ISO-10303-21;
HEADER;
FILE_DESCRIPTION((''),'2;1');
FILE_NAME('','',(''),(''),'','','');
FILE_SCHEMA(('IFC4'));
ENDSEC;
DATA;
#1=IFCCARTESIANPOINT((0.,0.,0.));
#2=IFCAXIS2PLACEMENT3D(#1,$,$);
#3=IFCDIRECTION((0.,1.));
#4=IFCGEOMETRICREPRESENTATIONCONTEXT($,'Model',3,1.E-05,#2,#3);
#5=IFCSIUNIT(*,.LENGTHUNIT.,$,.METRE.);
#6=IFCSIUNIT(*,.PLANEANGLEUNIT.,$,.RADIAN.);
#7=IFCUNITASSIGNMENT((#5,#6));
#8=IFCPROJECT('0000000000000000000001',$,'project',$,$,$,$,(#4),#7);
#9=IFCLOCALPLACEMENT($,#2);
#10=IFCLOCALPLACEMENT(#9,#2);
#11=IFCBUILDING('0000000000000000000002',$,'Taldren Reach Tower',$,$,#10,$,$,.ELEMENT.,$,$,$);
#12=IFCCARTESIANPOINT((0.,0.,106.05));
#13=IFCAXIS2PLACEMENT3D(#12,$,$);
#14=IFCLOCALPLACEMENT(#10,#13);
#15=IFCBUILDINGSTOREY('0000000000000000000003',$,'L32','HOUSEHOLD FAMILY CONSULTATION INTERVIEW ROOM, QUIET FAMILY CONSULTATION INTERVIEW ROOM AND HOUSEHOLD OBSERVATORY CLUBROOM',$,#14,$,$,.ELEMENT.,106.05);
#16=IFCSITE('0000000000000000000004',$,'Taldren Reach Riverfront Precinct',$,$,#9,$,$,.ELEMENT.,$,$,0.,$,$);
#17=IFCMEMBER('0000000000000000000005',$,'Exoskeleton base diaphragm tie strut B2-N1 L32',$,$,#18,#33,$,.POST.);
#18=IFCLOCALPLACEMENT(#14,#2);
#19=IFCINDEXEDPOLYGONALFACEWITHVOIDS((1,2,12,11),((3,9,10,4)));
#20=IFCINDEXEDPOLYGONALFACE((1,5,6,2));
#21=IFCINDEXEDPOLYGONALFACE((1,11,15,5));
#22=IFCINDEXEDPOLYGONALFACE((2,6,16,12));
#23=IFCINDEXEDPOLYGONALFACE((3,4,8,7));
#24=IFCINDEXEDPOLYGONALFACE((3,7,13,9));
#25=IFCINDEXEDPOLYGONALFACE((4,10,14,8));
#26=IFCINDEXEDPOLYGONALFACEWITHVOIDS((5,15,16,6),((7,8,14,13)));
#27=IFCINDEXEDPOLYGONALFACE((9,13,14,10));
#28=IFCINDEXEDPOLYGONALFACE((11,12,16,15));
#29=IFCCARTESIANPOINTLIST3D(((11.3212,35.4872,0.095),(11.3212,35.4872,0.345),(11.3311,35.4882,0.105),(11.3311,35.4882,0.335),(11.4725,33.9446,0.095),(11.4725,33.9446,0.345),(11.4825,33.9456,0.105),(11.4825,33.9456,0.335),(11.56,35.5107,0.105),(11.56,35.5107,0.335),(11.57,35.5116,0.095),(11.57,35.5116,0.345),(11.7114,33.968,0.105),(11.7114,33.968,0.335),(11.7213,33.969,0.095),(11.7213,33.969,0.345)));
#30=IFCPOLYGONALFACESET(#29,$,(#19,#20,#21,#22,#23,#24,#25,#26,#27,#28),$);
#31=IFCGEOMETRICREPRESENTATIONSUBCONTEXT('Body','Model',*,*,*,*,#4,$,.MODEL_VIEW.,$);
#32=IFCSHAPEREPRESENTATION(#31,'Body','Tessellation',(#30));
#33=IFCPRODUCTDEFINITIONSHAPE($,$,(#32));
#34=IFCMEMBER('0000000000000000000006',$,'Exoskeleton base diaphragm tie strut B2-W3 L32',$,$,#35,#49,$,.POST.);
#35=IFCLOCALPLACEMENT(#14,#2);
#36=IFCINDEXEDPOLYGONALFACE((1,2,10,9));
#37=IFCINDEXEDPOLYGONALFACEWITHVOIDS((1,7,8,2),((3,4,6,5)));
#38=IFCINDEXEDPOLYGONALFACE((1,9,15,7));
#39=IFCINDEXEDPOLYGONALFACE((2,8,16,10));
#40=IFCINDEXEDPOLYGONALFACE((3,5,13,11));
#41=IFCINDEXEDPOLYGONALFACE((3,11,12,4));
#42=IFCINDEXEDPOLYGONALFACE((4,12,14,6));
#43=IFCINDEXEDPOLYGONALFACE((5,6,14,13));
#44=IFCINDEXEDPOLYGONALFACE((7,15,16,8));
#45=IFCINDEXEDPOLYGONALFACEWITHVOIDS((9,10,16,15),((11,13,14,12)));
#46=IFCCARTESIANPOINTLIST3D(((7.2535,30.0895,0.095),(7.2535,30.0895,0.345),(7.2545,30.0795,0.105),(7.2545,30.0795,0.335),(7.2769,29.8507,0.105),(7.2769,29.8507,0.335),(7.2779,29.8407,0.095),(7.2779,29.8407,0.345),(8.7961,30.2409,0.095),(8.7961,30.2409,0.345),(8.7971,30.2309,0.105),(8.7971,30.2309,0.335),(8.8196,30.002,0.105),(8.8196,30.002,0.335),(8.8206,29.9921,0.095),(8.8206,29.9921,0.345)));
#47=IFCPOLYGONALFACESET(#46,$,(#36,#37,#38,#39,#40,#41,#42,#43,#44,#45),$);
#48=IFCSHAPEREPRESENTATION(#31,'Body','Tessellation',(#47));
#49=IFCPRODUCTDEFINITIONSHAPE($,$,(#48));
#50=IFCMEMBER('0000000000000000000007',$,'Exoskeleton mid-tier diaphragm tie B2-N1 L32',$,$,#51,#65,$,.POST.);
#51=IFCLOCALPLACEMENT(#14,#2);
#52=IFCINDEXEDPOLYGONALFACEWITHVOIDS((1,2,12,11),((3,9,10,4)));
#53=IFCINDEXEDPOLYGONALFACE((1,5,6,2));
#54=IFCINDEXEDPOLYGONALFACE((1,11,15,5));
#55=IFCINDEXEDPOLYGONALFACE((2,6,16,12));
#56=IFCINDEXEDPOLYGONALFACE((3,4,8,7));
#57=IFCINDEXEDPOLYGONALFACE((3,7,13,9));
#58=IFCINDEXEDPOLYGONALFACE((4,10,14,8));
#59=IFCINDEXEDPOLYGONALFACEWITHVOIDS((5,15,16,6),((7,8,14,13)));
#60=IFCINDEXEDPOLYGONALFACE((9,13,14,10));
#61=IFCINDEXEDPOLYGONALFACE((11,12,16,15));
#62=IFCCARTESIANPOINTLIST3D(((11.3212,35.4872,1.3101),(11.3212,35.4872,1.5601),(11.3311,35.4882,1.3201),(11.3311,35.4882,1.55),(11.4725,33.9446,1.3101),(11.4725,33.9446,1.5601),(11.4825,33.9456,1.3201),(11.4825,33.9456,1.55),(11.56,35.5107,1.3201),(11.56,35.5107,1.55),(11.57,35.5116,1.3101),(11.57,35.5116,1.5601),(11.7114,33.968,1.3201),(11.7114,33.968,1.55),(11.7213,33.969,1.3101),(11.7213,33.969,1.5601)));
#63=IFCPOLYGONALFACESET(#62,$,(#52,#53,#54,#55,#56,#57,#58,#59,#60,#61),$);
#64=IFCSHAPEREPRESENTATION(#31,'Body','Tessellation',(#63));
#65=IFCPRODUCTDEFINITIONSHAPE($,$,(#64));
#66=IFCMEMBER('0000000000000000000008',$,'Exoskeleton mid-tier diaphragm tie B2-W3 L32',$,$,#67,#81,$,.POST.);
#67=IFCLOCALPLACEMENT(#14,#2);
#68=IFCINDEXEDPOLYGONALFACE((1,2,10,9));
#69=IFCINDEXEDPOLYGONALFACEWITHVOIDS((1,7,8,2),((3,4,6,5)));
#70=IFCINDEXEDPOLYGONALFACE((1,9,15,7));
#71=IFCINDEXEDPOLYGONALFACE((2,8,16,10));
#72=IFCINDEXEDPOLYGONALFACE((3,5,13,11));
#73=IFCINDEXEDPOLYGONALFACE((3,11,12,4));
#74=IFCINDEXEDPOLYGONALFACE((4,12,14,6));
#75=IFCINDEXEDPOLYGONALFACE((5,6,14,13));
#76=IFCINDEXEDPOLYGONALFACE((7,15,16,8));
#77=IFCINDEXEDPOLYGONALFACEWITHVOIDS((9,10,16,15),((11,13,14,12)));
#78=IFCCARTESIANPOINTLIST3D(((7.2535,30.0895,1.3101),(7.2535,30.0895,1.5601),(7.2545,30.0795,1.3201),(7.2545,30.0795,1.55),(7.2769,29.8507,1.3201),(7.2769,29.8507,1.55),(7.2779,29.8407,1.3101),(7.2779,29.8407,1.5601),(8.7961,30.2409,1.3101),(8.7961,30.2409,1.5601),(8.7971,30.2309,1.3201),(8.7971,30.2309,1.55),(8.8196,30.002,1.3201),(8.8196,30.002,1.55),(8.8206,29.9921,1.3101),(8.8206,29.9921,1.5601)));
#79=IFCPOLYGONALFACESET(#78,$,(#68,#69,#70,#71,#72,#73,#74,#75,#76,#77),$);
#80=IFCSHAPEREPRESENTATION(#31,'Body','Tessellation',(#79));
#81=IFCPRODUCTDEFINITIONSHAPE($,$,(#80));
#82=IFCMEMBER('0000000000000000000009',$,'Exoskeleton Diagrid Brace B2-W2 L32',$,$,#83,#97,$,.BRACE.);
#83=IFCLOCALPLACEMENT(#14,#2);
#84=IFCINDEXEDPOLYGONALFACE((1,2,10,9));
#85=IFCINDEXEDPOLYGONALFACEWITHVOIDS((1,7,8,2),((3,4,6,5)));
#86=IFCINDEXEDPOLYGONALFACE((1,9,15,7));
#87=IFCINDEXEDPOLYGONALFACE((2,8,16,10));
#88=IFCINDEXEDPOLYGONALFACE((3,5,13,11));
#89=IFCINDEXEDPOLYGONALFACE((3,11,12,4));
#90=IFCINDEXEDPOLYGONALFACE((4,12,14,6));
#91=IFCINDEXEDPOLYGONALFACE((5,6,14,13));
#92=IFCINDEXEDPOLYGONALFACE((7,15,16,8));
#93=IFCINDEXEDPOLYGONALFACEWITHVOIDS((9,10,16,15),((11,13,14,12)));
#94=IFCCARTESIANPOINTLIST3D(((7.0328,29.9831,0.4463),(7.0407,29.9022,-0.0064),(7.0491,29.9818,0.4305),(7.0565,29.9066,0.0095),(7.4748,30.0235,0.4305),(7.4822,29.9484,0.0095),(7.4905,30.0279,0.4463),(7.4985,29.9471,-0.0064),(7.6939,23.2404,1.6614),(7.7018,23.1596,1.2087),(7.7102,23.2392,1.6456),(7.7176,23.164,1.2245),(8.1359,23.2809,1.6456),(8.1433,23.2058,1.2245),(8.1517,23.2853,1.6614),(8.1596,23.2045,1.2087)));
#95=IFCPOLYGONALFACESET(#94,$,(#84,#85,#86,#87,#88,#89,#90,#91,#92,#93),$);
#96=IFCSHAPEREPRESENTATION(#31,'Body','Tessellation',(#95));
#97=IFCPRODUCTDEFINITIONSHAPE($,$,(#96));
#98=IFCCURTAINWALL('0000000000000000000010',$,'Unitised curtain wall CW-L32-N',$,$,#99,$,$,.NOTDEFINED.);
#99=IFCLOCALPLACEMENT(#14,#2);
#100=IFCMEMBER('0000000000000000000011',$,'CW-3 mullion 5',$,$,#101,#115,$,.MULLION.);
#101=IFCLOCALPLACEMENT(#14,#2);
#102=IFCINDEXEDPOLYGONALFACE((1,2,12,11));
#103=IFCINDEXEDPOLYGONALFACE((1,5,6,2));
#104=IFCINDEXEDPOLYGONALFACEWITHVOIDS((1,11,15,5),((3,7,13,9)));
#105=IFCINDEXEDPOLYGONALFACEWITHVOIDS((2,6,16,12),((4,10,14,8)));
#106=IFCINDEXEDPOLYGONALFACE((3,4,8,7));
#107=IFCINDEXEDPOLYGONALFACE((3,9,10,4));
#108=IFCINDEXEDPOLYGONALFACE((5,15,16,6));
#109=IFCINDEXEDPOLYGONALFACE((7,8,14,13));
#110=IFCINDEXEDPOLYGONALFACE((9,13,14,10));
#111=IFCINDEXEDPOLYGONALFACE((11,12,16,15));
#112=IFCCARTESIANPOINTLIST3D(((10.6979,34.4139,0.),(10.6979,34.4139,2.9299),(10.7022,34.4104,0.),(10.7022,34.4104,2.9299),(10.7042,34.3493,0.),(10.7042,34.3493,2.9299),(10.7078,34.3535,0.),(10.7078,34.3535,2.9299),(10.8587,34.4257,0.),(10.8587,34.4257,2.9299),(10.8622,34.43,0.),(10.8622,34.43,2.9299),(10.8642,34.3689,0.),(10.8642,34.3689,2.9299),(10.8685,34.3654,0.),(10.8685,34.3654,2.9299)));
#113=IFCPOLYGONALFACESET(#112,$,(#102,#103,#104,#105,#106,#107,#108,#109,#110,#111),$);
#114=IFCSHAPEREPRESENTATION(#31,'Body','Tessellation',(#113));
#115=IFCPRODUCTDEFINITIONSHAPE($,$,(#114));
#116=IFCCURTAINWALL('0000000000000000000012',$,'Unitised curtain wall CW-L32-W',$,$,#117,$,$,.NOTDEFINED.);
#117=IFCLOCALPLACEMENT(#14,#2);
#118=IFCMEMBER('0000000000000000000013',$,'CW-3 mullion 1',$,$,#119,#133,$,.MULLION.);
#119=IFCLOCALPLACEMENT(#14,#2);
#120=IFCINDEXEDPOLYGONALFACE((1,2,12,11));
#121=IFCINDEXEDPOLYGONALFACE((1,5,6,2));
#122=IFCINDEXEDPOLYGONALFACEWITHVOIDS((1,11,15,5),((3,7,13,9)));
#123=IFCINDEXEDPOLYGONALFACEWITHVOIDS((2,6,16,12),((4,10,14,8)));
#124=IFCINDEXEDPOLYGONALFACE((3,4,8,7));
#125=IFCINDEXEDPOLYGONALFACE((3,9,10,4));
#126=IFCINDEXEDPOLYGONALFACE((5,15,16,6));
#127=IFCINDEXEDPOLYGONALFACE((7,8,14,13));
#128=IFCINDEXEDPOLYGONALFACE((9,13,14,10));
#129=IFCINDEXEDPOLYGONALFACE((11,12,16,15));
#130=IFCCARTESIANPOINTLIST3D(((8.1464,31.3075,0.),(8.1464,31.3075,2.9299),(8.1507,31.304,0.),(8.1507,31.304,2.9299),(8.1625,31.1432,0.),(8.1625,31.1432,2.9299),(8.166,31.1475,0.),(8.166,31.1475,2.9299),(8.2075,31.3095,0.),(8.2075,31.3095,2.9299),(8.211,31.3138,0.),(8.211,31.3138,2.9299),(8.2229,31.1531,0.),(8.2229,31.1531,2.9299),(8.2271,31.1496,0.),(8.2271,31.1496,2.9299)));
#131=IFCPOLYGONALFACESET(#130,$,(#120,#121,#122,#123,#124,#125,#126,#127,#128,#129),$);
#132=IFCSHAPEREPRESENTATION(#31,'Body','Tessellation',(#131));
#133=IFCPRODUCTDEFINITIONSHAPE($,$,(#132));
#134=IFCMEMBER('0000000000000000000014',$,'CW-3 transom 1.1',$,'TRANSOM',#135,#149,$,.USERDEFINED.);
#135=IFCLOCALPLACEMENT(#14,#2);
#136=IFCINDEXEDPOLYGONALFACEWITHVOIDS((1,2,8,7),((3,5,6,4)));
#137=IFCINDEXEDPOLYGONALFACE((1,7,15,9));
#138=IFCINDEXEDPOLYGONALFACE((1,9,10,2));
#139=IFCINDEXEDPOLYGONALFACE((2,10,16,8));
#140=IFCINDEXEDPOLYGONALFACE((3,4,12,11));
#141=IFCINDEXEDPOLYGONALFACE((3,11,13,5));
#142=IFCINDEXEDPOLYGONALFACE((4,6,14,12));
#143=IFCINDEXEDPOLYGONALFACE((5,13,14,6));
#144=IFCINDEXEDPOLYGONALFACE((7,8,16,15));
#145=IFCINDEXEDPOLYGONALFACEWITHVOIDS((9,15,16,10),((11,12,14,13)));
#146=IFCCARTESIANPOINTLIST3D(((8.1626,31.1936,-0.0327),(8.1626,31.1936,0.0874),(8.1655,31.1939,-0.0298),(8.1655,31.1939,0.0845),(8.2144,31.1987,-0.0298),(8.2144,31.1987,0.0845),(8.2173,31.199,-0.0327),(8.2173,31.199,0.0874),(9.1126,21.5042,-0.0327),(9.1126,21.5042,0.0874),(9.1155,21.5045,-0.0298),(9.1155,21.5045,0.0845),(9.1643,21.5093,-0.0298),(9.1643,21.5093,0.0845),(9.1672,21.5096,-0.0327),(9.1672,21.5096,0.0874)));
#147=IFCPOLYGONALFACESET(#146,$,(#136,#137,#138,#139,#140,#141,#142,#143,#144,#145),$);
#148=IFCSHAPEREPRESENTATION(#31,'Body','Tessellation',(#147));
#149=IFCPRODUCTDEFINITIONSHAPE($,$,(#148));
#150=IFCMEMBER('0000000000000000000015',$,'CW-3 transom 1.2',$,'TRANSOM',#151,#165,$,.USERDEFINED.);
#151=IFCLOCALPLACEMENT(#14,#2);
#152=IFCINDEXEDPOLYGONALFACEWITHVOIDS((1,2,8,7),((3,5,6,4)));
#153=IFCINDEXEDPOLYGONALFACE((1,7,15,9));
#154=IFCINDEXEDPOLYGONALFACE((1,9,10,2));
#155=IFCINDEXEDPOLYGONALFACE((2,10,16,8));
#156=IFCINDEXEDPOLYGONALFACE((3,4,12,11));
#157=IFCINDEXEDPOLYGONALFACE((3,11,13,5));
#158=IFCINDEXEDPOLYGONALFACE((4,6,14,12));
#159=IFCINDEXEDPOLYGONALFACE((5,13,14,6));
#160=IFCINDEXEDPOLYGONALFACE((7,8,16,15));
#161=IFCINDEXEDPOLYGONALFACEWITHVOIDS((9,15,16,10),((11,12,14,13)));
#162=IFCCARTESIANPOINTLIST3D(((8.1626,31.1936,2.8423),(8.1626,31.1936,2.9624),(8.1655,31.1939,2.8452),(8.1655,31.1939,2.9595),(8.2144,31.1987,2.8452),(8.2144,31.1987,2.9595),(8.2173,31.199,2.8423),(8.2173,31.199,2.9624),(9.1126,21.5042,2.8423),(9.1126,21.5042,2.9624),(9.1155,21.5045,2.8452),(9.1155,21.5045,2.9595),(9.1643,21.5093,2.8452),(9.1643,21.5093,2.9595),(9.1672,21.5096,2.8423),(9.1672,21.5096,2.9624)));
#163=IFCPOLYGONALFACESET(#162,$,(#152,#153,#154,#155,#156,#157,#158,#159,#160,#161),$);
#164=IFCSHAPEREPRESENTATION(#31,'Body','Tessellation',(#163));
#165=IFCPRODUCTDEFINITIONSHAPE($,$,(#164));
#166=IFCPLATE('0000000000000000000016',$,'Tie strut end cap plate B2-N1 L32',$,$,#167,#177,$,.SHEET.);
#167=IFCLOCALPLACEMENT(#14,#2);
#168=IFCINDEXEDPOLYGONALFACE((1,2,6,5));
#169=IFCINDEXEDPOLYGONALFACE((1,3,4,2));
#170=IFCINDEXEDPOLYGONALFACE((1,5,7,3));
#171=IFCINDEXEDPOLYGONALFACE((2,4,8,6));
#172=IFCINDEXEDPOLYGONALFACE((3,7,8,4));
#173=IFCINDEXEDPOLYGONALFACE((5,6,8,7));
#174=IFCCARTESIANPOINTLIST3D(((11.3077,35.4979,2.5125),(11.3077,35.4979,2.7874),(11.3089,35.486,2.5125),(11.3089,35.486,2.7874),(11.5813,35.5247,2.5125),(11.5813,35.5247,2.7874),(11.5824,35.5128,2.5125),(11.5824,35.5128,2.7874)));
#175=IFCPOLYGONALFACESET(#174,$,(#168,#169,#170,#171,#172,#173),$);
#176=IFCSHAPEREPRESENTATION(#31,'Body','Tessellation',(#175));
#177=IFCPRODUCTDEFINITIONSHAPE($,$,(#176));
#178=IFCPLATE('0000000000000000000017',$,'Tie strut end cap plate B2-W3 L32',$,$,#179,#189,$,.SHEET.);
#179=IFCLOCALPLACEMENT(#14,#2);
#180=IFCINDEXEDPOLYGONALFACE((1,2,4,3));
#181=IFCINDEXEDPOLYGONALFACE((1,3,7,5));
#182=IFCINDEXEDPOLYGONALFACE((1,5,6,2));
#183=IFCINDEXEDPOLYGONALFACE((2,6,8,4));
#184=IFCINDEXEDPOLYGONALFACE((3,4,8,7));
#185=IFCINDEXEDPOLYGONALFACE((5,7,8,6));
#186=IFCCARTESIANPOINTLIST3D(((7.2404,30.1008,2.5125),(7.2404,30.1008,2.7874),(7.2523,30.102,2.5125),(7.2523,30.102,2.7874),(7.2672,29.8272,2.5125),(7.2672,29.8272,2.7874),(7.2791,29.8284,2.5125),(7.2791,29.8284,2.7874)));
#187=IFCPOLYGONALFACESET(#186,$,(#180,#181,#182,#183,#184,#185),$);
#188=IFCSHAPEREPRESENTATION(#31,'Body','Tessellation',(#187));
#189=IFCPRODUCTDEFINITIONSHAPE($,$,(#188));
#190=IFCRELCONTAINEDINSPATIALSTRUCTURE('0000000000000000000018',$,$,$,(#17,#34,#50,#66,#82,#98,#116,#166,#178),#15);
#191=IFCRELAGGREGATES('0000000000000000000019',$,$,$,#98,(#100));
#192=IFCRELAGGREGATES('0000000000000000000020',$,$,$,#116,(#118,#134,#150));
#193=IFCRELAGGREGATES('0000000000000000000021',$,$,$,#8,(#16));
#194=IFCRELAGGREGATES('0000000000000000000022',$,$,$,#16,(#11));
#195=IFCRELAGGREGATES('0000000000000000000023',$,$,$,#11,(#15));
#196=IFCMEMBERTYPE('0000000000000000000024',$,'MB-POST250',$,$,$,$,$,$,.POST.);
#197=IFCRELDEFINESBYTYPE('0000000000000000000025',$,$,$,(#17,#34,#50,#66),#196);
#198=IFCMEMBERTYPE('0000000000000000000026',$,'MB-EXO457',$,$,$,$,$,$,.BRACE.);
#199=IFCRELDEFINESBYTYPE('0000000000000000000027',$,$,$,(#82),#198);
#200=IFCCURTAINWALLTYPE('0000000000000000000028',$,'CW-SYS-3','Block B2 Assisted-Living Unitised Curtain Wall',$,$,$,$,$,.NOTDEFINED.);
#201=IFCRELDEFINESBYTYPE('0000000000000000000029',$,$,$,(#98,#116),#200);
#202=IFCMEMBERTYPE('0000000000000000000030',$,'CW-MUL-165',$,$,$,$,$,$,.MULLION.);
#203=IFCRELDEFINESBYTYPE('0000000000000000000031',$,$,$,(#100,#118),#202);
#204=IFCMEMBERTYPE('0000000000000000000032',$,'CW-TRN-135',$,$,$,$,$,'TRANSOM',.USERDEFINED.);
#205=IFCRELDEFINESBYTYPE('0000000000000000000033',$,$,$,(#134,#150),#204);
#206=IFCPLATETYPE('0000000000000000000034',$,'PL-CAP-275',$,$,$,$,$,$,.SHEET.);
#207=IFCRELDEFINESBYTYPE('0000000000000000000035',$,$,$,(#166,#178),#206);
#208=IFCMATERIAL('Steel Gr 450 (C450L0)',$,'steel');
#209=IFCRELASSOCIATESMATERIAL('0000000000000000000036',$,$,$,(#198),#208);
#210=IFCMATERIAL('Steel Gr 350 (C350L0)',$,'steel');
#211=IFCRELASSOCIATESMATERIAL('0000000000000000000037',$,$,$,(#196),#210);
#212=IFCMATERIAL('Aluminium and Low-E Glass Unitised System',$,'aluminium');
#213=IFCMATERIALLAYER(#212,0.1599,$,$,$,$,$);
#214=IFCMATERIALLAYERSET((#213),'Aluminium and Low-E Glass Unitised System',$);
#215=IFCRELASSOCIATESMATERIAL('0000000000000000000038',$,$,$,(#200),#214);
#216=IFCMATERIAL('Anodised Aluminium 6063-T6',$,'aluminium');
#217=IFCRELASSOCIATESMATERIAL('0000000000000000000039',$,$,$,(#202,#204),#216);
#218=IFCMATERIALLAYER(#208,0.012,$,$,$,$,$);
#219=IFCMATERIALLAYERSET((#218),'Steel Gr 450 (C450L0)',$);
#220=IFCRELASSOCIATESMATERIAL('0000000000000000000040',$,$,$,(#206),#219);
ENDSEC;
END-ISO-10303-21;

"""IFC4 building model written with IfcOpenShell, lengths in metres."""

from ifc_helpers import new_model, si_unit, direction, frame, origin, origin_2d, place, context, subcontext, project, spatial, rectangle, hollow_rectangle, extrude, source, transform, mapped, material, layer, layer_set, material_profile, profile_set, type_object, element, aggregate, save


model = new_model("IFC4")

# Units and contexts
model_context = context("Model", 3, precision=1e-05, world=origin(), true_north=direction((0.0, 1.0)))
body_context = subcontext(model_context, "Body", "Model", "MODEL_VIEW")
ifc_project = project(units=[si_unit("LENGTHUNIT", "METRE"), si_unit("PLANEANGLEUNIT", "RADIAN")], contexts=[model_context])

# Site, building, storey
site_placement = place(None, origin())
site = spatial("IfcSite", under=ifc_project, at=site_placement, Name="Taldren Reach Riverfront Precinct", CompositionType="ELEMENT", RefElevation=0.0)
building_placement = place(site_placement, origin())
building = spatial("IfcBuilding", under=site, at=building_placement, Name="Taldren Reach Tower", CompositionType="ELEMENT")
storey_placement = place(building_placement, frame((0.0, 0.0, 106.05)))
storey = spatial("IfcBuildingStorey", under=building, at=storey_placement, Name="L32", Description="HOUSEHOLD FAMILY CONSULTATION INTERVIEW ROOM, QUIET FAMILY CONSULTATION INTERVIEW ROOM AND HOUSEHOLD OBSERVATORY CLUBROOM", CompositionType="ELEMENT", Elevation=106.05)

# Members
ifc_material_1 = material(Name="Steel Gr 450 (C450L0)", Category="steel")
ifc_material_profile_1 = material_profile(ifc_material_1, hollow_rectangle(XDim=0.46, YDim=0.46, WallThickness=0.0161, at=origin_2d()), Name="460x460x16.0SHS")
ifc_profile_set_1 = profile_set([ifc_material_profile_1], Name="Steel Gr 450 (C450L0)")
member_type_1 = type_object("IfcMemberType", Name="MB-EXO457", PredefinedType="BRACE", material=ifc_profile_set_1)
ifc_material_2 = material(Name="Steel Gr 350 (C350L0)", Category="steel")
ifc_material_profile_2 = material_profile(ifc_material_2, hollow_rectangle(XDim=0.25, YDim=0.25, WallThickness=0.01, at=origin_2d()), Name="250x250x10.0SHS")
ifc_profile_set_2 = profile_set([ifc_material_profile_2], Name="Steel Gr 350 (C350L0)")
member_type_2 = type_object("IfcMemberType", Name="MB-POST250", PredefinedType="POST", material=ifc_profile_set_2)
shared_shape_1 = source(origin(), body_context, "Body", "SweptSolid", [
    extrude(hollow_rectangle(XDim=0.25, YDim=0.25, WallThickness=0.01, at=origin_2d()), origin(), (0.0, 0.0, 1.0), 1.55),
])
for number, where, z_axis, x_axis, name in (
    (1, (11.5969, 33.9568, 0.22), (-0.097648, 0.995221, 0.0), (-0.995221, -0.097648, 0.0), "Exoskeleton base diaphragm tie strut B2-N1 L32"),
    (2, (8.8083, 30.1165, 0.22), (-0.995221, -0.097648, 0.0), (0.097648, -0.995221, 0.0), "Exoskeleton base diaphragm tie strut B2-W3 L32"),
    (3, (11.5969, 33.9568, 1.4351), (-0.097648, 0.995221, 0.0), (-0.995221, -0.097648, 0.0), "Exoskeleton mid-tier diaphragm tie B2-N1 L32"),
    (4, (8.8083, 30.1165, 1.4351), (-0.995221, -0.097648, 0.0), (0.097648, -0.995221, 0.0), "Exoskeleton mid-tier diaphragm tie B2-W3 L32"),
):
    element("IfcMember", number, at=place(storey_placement, frame(where, z_axis=z_axis, x_axis=x_axis)), inside=storey, type_object=member_type_2, Name=name, PredefinedType="POST", context=body_context, shape_type="MappedRepresentation", body=[
        mapped(shared_shape_1, transform((0.0, 0.0, 0.0), scale=1.0)),
    ])
shared_shape_2 = source(origin(), body_context, "Body", "SweptSolid", [
    extrude(hollow_rectangle(XDim=0.46, YDim=0.46, WallThickness=0.0161, at=origin_2d()), origin(), (0.0, 0.0, 1.0), 6.8831),
])
member_1_placement = place(storey_placement, frame((7.2656, 29.9651, 0.22), z_axis=(0.096051, -0.979597, 0.176532), x_axis=(0.995227, 0.097584, 0.0)))
element("IfcMember", 5, at=member_1_placement, inside=storey, type_object=member_type_1, Name="Exoskeleton Diagrid Brace B2-W2 L32", PredefinedType="BRACE", context=body_context, shape_type="MappedRepresentation", body=[
    mapped(shared_shape_2, transform((0.0, 0.0, 0.0), scale=1.0)),
])

# Curtain wall, member
ifc_material_3 = material(Name="Aluminium and Low-E Glass Unitised System", Category="aluminium")
ifc_layer_1 = layer(ifc_material_3, 0.1599)
ifc_layer_set_1 = layer_set([ifc_layer_1], Name="Aluminium and Low-E Glass Unitised System")
curtain_wall_type = type_object("IfcCurtainWallType", Name="CW-SYS-3", Description="Block B2 Assisted-Living Unitised Curtain Wall", PredefinedType="NOTDEFINED", material=ifc_layer_set_1)
curtain_wall_1_placement = place(storey_placement, origin())
curtain_wall_1 = element("IfcCurtainWall", 6, at=curtain_wall_1_placement, inside=storey, type_object=curtain_wall_type, Name="Unitised curtain wall CW-L32-N", PredefinedType="NOTDEFINED")
ifc_material_4 = material(Name="Anodised Aluminium 6063-T6", Category="aluminium")
ifc_material_profile_3 = material_profile(ifc_material_4, hollow_rectangle(XDim=0.0649, YDim=0.165, WallThickness=0.0039, at=origin_2d()), Name="ALU-165x65x4RHS")
ifc_profile_set_3 = profile_set([ifc_material_profile_3], Name="Anodised Aluminium 6063-T6")
member_type_3 = type_object("IfcMemberType", Name="CW-MUL-165", PredefinedType="MULLION", material=ifc_profile_set_3)
shared_shape_3 = source(origin(), body_context, "Body", "SweptSolid", [
    extrude(hollow_rectangle(XDim=0.0649, YDim=0.165, WallThickness=0.0039, at=origin_2d()), origin(), (0.0, 0.0, 1.0), 2.9299),
])
member_2_placement = place(storey_placement, frame((10.7832, 34.3896, 0.0), z_axis=(0.0, 0.0, 1.0), x_axis=(0.097583, -0.995227, 0.0)))
member_2 = element("IfcMember", 7, at=member_2_placement, type_object=member_type_3, Name="CW-3 mullion 5", PredefinedType="MULLION", context=body_context, shape_type="MappedRepresentation", body=[
    mapped(shared_shape_3, transform((0.0, 0.0, 0.0), scale=1.0)),
])
aggregate(curtain_wall_1, [member_2])

# Curtain wall, members
curtain_wall_2_placement = place(storey_placement, origin())
curtain_wall_2 = element("IfcCurtainWall", 8, at=curtain_wall_2_placement, inside=storey, type_object=curtain_wall_type, Name="Unitised curtain wall CW-L32-W", PredefinedType="NOTDEFINED")
member_3_placement = place(storey_placement, frame((8.1868, 31.2285, 0.0), z_axis=(0.0, 0.0, 1.0), x_axis=(0.995227, 0.097583, 0.0)))
member_3 = element("IfcMember", 9, at=member_3_placement, type_object=member_type_3, Name="CW-3 mullion 1", PredefinedType="MULLION", context=body_context, shape_type="MappedRepresentation", body=[
    mapped(shared_shape_3, transform((0.0, 0.0, 0.0), scale=1.0)),
])
ifc_material_profile_4 = material_profile(ifc_material_4, hollow_rectangle(XDim=0.0549, YDim=0.1201, WallThickness=0.0029, at=origin_2d()), Name="ALU-120x55x3RHS")
ifc_profile_set_4 = profile_set([ifc_material_profile_4], Name="Anodised Aluminium 6063-T6")
member_type_4 = type_object("IfcMemberType", Name="CW-TRN-135", ElementType="TRANSOM", PredefinedType="USERDEFINED", material=ifc_profile_set_4)
shared_shape_4 = source(origin(), body_context, "Body", "SweptSolid", [
    extrude(hollow_rectangle(XDim=0.0549, YDim=0.1201, WallThickness=0.0029, at=origin_2d()), origin(), (0.0, 0.0, 1.0), 9.7358),
])
member_4_placement = place(storey_placement, frame((8.1899, 31.1963, 0.0273), z_axis=(0.097572, -0.995228, 0.0), x_axis=(0.995228, 0.097572, 0.0)))
member_4 = element("IfcMember", 10, at=member_4_placement, type_object=member_type_4, Name="CW-3 transom 1.1", ObjectType="TRANSOM", PredefinedType="USERDEFINED", context=body_context, shape_type="MappedRepresentation", body=[
    mapped(shared_shape_4, transform((0.0, 0.0, 0.0), scale=1.0)),
])
member_5_placement = place(storey_placement, frame((8.1899, 31.1963, 2.9023), z_axis=(0.097572, -0.995228, 0.0), x_axis=(0.995228, 0.097572, 0.0)))
member_5 = element("IfcMember", 11, at=member_5_placement, type_object=member_type_4, Name="CW-3 transom 1.2", ObjectType="TRANSOM", PredefinedType="USERDEFINED", context=body_context, shape_type="MappedRepresentation", body=[
    mapped(shared_shape_4, transform((0.0, 0.0, 0.0), scale=1.0)),
])

# Plates
ifc_layer_2 = layer(ifc_material_1, 0.012)
ifc_layer_set_2 = layer_set([ifc_layer_2], Name="Steel Gr 450 (C450L0)")
plate_type_1 = type_object("IfcPlateType", Name="PL-CAP-275", PredefinedType="SHEET", material=ifc_layer_set_2)
shared_shape_5 = source(origin(), body_context, "Body", "SweptSolid", [
    extrude(rectangle(XDim=0.2749, YDim=0.012, at=origin_2d()), origin(), (0.0, 0.0, 1.0), 0.2749),
])
plate_1_placement = place(storey_placement, frame((11.4451, 35.5054, 2.5125), z_axis=(0.0, 0.0, 1.0), x_axis=(0.995227, 0.097583, 0.0)))
element("IfcPlate", 12, at=plate_1_placement, inside=storey, type_object=plate_type_1, Name="Tie strut end cap plate B2-N1 L32", PredefinedType="SHEET", context=body_context, shape_type="MappedRepresentation", body=[
    mapped(shared_shape_5, transform((0.0, 0.0, 0.0), scale=1.0)),
])
shared_shape_6 = source(origin(), body_context, "Body", "SweptSolid", [
    extrude(rectangle(XDim=0.012, YDim=0.2749, at=origin_2d()), origin(), (0.0, 0.0, 1.0), 0.2749),
])
plate_2_placement = place(storey_placement, frame((7.2598, 29.9646, 2.5125), z_axis=(0.0, 0.0, 1.0), x_axis=(0.995227, 0.097583, 0.0)))
element("IfcPlate", 13, at=plate_2_placement, inside=storey, type_object=plate_type_1, Name="Tie strut end cap plate B2-W3 L32", PredefinedType="SHEET", context=body_context, shape_type="MappedRepresentation", body=[
    mapped(shared_shape_6, transform((0.0, 0.0, 0.0), scale=1.0)),
])

aggregate(curtain_wall_2, [member_3, member_4, member_5])

save(model, "model.ifc")
